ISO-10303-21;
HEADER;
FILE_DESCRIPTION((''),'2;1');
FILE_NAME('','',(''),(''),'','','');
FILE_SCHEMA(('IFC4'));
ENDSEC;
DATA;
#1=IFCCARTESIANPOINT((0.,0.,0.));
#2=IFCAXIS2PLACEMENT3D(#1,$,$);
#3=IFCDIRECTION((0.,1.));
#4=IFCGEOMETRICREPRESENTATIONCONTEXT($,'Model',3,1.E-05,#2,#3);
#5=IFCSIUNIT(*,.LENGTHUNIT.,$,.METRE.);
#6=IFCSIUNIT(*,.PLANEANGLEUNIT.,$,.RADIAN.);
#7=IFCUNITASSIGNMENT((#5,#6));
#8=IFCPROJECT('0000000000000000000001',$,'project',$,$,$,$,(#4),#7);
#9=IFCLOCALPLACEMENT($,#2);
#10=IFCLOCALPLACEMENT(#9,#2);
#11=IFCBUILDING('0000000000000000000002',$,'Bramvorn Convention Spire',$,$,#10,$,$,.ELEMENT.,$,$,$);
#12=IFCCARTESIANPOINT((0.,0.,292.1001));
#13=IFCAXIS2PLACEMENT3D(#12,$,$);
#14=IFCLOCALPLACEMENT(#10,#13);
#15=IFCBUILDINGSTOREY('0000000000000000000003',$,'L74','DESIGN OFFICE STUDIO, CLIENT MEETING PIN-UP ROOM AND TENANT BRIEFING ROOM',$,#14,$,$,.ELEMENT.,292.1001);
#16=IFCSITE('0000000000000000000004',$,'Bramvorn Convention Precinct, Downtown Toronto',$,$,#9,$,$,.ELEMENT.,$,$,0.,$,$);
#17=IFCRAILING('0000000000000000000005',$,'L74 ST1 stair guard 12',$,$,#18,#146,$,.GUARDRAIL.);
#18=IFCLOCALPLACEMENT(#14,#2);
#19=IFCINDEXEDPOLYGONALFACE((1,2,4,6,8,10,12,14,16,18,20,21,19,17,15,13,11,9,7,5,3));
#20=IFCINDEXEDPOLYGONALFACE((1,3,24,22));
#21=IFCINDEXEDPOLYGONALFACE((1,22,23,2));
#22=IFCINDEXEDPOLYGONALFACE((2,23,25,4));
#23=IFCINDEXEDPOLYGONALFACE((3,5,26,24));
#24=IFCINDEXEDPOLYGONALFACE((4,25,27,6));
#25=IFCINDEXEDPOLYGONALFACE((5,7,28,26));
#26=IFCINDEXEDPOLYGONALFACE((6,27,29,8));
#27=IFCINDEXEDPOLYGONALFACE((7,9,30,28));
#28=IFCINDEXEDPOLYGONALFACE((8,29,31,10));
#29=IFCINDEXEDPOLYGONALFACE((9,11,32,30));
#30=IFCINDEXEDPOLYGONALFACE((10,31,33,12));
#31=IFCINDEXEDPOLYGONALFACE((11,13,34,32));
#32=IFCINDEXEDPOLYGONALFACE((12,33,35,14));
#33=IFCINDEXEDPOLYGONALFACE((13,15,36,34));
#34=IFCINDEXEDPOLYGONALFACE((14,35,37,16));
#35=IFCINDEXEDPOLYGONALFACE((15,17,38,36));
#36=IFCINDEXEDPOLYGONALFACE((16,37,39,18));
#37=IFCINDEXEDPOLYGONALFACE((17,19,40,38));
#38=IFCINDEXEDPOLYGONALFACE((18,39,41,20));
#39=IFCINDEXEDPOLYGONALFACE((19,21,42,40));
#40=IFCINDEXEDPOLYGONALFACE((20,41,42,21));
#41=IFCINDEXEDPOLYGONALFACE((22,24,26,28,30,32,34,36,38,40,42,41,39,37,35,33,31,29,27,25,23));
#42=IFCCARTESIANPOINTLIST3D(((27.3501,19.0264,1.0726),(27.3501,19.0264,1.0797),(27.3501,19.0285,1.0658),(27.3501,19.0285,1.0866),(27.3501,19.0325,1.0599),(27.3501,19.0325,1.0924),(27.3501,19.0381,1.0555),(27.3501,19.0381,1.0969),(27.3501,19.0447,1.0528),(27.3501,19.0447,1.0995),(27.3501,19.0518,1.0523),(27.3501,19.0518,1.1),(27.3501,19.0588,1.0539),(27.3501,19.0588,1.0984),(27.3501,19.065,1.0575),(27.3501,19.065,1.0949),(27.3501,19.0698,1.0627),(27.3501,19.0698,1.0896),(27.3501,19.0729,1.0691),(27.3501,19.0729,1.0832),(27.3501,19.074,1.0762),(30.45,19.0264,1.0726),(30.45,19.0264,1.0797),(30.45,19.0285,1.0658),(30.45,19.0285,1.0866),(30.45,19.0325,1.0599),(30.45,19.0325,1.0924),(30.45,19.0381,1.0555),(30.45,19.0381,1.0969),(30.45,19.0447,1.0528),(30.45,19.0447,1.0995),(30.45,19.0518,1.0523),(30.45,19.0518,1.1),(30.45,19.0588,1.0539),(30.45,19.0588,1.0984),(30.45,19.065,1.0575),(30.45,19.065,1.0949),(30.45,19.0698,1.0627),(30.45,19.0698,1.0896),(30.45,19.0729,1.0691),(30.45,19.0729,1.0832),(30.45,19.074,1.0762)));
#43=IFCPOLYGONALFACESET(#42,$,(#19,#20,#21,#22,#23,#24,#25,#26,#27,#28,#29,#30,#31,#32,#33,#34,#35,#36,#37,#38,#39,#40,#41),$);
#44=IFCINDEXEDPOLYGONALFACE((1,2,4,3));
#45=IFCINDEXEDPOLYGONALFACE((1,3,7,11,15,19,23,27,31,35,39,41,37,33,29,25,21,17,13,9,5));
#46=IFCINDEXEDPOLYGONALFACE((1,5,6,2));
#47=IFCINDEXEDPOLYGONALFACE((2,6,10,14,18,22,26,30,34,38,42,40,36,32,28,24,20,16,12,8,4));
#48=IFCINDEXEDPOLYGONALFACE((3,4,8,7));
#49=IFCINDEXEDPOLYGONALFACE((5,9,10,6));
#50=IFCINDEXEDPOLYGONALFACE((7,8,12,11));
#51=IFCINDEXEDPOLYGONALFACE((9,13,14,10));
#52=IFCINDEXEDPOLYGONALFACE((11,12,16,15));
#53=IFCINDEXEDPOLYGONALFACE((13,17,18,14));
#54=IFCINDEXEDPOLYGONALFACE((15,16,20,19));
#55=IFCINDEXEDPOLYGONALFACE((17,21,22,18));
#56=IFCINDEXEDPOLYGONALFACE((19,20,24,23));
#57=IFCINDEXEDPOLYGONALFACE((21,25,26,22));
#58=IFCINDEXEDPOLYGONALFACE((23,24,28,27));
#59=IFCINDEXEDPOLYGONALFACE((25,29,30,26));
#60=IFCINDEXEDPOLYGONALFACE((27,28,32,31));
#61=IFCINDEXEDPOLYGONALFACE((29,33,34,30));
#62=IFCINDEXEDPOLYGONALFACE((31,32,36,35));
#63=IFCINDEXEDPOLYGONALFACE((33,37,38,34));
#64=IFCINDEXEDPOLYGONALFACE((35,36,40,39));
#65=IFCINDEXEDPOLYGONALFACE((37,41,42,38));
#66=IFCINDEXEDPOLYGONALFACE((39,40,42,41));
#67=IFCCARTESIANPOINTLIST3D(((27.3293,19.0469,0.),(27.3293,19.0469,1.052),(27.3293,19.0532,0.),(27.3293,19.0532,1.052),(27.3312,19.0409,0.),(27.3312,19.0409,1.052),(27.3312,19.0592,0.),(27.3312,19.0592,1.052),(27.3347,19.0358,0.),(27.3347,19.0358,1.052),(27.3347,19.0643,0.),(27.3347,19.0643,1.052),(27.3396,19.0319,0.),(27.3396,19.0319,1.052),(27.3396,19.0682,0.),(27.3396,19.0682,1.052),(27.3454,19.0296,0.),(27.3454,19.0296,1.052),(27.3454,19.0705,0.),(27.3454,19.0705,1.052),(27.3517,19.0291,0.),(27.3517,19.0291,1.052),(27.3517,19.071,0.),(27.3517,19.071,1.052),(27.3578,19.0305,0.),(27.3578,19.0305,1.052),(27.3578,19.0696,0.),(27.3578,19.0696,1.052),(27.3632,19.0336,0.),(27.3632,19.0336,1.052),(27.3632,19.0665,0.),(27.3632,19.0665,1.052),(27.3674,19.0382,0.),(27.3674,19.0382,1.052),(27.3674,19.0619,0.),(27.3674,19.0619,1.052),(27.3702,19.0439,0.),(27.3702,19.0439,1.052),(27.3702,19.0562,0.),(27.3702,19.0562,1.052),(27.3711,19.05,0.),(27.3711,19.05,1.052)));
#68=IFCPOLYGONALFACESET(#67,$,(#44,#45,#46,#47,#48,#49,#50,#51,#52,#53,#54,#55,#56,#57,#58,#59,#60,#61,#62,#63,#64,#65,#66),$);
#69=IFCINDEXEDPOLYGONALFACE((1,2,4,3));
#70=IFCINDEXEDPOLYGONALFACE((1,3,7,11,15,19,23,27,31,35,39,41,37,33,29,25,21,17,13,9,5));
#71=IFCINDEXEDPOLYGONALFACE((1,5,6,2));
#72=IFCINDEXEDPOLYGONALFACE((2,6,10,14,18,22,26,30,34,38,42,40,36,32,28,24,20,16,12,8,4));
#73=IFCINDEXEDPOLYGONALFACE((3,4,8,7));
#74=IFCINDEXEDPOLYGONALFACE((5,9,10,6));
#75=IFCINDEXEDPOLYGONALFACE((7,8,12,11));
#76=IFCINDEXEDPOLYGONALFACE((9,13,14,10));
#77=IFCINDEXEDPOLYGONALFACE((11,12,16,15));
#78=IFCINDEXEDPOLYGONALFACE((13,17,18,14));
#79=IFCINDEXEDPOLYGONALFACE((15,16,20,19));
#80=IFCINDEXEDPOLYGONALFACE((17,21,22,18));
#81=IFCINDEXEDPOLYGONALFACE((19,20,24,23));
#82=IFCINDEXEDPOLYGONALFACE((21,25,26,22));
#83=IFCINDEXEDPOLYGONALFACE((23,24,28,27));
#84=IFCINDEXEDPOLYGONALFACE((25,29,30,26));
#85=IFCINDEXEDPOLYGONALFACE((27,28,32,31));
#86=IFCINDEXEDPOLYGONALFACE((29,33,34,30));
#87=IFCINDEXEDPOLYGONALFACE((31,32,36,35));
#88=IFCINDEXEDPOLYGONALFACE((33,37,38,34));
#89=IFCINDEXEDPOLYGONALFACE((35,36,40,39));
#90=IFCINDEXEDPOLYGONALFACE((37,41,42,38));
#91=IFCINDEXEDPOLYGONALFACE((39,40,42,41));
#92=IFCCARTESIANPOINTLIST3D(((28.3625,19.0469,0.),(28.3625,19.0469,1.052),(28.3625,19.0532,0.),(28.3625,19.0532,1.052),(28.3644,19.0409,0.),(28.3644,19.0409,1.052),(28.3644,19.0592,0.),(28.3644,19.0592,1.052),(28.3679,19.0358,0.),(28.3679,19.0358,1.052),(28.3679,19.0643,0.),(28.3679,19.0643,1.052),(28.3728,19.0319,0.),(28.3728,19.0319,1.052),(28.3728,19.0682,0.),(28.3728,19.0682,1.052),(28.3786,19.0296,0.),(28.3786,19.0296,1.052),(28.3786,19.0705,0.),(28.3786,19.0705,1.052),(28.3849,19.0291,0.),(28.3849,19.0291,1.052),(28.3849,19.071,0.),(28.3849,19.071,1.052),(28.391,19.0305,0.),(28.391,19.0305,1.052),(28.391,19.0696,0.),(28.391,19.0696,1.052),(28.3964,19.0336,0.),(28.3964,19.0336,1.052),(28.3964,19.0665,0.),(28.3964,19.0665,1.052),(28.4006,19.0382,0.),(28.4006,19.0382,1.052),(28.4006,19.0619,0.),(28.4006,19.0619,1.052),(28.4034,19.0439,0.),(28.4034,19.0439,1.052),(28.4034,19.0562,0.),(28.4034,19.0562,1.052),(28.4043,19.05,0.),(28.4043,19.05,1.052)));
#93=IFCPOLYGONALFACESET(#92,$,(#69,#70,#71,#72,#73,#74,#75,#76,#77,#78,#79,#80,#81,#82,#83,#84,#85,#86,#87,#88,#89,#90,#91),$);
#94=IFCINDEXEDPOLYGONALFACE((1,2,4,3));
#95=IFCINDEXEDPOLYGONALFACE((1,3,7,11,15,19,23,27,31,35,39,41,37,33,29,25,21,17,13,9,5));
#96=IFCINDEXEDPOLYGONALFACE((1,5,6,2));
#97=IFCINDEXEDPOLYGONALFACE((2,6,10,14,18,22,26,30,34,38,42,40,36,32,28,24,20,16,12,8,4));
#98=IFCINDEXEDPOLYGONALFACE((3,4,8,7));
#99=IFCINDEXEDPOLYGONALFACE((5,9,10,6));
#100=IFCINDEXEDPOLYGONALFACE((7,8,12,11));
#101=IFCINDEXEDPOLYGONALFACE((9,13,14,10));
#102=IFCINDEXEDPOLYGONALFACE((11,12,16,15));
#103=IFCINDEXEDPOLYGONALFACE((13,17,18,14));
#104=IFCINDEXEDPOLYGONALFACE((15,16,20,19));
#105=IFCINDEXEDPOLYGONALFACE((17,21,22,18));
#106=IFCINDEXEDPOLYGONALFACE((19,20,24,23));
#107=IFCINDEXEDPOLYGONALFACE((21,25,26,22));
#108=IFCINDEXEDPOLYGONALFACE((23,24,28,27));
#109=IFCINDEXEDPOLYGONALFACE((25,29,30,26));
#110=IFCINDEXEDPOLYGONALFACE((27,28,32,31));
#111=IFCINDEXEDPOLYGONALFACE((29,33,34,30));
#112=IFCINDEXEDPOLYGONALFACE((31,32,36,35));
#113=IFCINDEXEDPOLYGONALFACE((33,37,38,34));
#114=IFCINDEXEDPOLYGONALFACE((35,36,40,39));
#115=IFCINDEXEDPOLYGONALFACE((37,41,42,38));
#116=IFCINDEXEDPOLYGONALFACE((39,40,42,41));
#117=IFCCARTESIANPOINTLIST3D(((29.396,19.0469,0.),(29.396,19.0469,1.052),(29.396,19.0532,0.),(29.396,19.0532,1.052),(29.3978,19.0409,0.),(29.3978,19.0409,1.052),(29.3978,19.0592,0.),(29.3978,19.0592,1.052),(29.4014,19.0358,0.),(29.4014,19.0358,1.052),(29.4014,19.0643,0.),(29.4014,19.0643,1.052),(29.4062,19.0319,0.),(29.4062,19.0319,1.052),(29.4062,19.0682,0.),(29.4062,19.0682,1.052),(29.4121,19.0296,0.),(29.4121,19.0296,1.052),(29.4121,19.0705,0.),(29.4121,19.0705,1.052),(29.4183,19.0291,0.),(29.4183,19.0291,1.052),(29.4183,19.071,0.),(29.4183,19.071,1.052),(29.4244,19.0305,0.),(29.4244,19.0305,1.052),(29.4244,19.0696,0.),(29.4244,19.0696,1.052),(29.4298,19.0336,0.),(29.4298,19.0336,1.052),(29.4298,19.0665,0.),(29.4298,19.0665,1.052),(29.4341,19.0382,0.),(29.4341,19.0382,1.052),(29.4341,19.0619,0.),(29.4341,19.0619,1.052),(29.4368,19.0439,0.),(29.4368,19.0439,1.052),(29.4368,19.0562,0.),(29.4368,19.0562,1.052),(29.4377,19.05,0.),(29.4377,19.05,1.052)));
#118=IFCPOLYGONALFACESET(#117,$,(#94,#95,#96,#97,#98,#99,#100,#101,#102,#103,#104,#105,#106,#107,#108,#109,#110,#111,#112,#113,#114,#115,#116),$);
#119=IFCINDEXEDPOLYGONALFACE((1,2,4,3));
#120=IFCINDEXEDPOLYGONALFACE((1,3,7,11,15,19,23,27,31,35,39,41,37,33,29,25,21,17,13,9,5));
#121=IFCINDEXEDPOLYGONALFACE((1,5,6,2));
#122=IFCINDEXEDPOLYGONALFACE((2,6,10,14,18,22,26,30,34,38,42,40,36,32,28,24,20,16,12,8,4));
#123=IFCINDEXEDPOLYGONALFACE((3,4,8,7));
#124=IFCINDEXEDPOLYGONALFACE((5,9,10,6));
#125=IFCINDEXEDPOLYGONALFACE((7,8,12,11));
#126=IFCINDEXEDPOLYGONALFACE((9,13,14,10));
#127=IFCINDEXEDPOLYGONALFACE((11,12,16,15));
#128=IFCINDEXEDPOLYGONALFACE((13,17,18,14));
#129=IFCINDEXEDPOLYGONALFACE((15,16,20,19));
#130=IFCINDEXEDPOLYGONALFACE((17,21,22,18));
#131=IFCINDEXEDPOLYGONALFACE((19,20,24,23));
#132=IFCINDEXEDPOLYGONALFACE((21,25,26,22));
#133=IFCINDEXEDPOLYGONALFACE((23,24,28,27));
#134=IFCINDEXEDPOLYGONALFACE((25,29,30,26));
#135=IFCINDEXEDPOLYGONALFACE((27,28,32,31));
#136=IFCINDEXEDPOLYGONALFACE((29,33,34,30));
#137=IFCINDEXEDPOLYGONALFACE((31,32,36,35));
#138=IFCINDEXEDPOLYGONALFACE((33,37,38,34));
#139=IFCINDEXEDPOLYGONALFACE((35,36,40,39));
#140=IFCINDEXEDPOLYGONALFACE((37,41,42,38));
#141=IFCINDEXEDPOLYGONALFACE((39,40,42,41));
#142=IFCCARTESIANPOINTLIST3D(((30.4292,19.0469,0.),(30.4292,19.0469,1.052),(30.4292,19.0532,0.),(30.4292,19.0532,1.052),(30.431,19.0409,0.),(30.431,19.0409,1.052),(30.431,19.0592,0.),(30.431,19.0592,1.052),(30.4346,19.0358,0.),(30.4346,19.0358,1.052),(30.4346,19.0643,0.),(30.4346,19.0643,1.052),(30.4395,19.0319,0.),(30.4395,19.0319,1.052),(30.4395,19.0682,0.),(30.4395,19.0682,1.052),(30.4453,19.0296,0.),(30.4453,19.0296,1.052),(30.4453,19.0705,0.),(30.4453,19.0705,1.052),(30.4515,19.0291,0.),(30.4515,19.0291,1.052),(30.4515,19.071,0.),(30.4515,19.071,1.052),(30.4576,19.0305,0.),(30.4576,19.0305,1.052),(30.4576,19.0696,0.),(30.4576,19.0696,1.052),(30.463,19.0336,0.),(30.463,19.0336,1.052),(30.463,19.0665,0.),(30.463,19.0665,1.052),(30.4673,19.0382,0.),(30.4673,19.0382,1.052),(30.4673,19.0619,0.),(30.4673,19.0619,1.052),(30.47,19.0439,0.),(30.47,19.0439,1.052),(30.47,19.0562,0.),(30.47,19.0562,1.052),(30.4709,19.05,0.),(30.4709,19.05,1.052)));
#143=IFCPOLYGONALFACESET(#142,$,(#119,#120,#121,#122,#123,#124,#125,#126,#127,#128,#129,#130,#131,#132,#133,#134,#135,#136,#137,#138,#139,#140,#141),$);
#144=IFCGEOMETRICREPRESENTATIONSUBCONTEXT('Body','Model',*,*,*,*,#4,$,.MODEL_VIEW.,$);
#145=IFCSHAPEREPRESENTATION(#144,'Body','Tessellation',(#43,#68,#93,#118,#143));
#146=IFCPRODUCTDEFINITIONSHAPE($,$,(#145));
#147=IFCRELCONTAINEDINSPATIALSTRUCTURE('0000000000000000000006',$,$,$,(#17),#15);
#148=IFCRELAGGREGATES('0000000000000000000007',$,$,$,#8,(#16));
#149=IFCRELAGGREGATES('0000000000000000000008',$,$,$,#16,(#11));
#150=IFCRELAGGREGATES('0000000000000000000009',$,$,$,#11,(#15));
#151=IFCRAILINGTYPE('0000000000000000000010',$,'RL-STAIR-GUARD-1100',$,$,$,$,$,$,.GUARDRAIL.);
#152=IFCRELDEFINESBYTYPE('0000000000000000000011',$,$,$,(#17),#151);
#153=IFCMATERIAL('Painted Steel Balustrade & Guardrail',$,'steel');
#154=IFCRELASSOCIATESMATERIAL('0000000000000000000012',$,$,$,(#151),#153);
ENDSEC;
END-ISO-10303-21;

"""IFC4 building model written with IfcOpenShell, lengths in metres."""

from ifc_helpers import new_model, si_unit, direction, frame, origin, origin_2d, place, context, subcontext, project, spatial, circle, extrude, material, type_object, element, save


model = new_model("IFC4")

# Units and contexts
model_context = context("Model", 3, precision=1e-05, world=origin(), true_north=direction((0.0, 1.0)))
body_context = subcontext(model_context, "Body", "Model", "MODEL_VIEW")
ifc_project = project(units=[si_unit("LENGTHUNIT", "METRE"), si_unit("PLANEANGLEUNIT", "RADIAN")], contexts=[model_context])

# Site, building, storey
site_placement = place(None, origin())
site = spatial("IfcSite", under=ifc_project, at=site_placement, Name="Bramvorn Convention Precinct, Downtown Toronto", CompositionType="ELEMENT", RefElevation=0.0)
building_placement = place(site_placement, origin())
building = spatial("IfcBuilding", under=site, at=building_placement, Name="Bramvorn Convention Spire", CompositionType="ELEMENT")
storey_placement = place(building_placement, frame((0.0, 0.0, 292.1001)))
storey = spatial("IfcBuildingStorey", under=building, at=storey_placement, Name="L74", Description="DESIGN OFFICE STUDIO, CLIENT MEETING PIN-UP ROOM AND TENANT BRIEFING ROOM", CompositionType="ELEMENT", Elevation=292.1001)

# Railing
ifc_material_1 = material(Name="Painted Steel Balustrade & Guardrail", Category="steel")
railing_type = type_object("IfcRailingType", Name="RL-STAIR-GUARD-1100", PredefinedType="GUARDRAIL", material=ifc_material_1)
railing_placement = place(storey_placement, frame((27.3501, 19.05, 0.0)))
element("IfcRailing", 1, at=railing_placement, inside=storey, type_object=railing_type, Name="L74 ST1 stair guard 12", PredefinedType="GUARDRAIL", context=body_context, shape_type="SweptSolid", body=[
    extrude(circle(Radius=0.0239, at=origin_2d()), frame((0.0, 0.0, 1.0762), z_axis=(1.0, 0.0, 0.0), x_axis=(0.0, 1.0, 0.0)), (0.0, 0.0, 1.0), 3.0999),
    extrude(circle(Radius=0.021, at=origin_2d()), origin(), (0.0, 0.0, 1.0), 1.052),
    extrude(circle(Radius=0.021, at=origin_2d()), frame((1.0332, 0.0, 0.0)), (0.0, 0.0, 1.0), 1.052),
    extrude(circle(Radius=0.021, at=origin_2d()), frame((2.0667, 0.0, 0.0)), (0.0, 0.0, 1.0), 1.052),
    extrude(circle(Radius=0.021, at=origin_2d()), frame((3.0999, 0.0, 0.0)), (0.0, 0.0, 1.0), 1.052),
])

save(model, "model.ifc")
